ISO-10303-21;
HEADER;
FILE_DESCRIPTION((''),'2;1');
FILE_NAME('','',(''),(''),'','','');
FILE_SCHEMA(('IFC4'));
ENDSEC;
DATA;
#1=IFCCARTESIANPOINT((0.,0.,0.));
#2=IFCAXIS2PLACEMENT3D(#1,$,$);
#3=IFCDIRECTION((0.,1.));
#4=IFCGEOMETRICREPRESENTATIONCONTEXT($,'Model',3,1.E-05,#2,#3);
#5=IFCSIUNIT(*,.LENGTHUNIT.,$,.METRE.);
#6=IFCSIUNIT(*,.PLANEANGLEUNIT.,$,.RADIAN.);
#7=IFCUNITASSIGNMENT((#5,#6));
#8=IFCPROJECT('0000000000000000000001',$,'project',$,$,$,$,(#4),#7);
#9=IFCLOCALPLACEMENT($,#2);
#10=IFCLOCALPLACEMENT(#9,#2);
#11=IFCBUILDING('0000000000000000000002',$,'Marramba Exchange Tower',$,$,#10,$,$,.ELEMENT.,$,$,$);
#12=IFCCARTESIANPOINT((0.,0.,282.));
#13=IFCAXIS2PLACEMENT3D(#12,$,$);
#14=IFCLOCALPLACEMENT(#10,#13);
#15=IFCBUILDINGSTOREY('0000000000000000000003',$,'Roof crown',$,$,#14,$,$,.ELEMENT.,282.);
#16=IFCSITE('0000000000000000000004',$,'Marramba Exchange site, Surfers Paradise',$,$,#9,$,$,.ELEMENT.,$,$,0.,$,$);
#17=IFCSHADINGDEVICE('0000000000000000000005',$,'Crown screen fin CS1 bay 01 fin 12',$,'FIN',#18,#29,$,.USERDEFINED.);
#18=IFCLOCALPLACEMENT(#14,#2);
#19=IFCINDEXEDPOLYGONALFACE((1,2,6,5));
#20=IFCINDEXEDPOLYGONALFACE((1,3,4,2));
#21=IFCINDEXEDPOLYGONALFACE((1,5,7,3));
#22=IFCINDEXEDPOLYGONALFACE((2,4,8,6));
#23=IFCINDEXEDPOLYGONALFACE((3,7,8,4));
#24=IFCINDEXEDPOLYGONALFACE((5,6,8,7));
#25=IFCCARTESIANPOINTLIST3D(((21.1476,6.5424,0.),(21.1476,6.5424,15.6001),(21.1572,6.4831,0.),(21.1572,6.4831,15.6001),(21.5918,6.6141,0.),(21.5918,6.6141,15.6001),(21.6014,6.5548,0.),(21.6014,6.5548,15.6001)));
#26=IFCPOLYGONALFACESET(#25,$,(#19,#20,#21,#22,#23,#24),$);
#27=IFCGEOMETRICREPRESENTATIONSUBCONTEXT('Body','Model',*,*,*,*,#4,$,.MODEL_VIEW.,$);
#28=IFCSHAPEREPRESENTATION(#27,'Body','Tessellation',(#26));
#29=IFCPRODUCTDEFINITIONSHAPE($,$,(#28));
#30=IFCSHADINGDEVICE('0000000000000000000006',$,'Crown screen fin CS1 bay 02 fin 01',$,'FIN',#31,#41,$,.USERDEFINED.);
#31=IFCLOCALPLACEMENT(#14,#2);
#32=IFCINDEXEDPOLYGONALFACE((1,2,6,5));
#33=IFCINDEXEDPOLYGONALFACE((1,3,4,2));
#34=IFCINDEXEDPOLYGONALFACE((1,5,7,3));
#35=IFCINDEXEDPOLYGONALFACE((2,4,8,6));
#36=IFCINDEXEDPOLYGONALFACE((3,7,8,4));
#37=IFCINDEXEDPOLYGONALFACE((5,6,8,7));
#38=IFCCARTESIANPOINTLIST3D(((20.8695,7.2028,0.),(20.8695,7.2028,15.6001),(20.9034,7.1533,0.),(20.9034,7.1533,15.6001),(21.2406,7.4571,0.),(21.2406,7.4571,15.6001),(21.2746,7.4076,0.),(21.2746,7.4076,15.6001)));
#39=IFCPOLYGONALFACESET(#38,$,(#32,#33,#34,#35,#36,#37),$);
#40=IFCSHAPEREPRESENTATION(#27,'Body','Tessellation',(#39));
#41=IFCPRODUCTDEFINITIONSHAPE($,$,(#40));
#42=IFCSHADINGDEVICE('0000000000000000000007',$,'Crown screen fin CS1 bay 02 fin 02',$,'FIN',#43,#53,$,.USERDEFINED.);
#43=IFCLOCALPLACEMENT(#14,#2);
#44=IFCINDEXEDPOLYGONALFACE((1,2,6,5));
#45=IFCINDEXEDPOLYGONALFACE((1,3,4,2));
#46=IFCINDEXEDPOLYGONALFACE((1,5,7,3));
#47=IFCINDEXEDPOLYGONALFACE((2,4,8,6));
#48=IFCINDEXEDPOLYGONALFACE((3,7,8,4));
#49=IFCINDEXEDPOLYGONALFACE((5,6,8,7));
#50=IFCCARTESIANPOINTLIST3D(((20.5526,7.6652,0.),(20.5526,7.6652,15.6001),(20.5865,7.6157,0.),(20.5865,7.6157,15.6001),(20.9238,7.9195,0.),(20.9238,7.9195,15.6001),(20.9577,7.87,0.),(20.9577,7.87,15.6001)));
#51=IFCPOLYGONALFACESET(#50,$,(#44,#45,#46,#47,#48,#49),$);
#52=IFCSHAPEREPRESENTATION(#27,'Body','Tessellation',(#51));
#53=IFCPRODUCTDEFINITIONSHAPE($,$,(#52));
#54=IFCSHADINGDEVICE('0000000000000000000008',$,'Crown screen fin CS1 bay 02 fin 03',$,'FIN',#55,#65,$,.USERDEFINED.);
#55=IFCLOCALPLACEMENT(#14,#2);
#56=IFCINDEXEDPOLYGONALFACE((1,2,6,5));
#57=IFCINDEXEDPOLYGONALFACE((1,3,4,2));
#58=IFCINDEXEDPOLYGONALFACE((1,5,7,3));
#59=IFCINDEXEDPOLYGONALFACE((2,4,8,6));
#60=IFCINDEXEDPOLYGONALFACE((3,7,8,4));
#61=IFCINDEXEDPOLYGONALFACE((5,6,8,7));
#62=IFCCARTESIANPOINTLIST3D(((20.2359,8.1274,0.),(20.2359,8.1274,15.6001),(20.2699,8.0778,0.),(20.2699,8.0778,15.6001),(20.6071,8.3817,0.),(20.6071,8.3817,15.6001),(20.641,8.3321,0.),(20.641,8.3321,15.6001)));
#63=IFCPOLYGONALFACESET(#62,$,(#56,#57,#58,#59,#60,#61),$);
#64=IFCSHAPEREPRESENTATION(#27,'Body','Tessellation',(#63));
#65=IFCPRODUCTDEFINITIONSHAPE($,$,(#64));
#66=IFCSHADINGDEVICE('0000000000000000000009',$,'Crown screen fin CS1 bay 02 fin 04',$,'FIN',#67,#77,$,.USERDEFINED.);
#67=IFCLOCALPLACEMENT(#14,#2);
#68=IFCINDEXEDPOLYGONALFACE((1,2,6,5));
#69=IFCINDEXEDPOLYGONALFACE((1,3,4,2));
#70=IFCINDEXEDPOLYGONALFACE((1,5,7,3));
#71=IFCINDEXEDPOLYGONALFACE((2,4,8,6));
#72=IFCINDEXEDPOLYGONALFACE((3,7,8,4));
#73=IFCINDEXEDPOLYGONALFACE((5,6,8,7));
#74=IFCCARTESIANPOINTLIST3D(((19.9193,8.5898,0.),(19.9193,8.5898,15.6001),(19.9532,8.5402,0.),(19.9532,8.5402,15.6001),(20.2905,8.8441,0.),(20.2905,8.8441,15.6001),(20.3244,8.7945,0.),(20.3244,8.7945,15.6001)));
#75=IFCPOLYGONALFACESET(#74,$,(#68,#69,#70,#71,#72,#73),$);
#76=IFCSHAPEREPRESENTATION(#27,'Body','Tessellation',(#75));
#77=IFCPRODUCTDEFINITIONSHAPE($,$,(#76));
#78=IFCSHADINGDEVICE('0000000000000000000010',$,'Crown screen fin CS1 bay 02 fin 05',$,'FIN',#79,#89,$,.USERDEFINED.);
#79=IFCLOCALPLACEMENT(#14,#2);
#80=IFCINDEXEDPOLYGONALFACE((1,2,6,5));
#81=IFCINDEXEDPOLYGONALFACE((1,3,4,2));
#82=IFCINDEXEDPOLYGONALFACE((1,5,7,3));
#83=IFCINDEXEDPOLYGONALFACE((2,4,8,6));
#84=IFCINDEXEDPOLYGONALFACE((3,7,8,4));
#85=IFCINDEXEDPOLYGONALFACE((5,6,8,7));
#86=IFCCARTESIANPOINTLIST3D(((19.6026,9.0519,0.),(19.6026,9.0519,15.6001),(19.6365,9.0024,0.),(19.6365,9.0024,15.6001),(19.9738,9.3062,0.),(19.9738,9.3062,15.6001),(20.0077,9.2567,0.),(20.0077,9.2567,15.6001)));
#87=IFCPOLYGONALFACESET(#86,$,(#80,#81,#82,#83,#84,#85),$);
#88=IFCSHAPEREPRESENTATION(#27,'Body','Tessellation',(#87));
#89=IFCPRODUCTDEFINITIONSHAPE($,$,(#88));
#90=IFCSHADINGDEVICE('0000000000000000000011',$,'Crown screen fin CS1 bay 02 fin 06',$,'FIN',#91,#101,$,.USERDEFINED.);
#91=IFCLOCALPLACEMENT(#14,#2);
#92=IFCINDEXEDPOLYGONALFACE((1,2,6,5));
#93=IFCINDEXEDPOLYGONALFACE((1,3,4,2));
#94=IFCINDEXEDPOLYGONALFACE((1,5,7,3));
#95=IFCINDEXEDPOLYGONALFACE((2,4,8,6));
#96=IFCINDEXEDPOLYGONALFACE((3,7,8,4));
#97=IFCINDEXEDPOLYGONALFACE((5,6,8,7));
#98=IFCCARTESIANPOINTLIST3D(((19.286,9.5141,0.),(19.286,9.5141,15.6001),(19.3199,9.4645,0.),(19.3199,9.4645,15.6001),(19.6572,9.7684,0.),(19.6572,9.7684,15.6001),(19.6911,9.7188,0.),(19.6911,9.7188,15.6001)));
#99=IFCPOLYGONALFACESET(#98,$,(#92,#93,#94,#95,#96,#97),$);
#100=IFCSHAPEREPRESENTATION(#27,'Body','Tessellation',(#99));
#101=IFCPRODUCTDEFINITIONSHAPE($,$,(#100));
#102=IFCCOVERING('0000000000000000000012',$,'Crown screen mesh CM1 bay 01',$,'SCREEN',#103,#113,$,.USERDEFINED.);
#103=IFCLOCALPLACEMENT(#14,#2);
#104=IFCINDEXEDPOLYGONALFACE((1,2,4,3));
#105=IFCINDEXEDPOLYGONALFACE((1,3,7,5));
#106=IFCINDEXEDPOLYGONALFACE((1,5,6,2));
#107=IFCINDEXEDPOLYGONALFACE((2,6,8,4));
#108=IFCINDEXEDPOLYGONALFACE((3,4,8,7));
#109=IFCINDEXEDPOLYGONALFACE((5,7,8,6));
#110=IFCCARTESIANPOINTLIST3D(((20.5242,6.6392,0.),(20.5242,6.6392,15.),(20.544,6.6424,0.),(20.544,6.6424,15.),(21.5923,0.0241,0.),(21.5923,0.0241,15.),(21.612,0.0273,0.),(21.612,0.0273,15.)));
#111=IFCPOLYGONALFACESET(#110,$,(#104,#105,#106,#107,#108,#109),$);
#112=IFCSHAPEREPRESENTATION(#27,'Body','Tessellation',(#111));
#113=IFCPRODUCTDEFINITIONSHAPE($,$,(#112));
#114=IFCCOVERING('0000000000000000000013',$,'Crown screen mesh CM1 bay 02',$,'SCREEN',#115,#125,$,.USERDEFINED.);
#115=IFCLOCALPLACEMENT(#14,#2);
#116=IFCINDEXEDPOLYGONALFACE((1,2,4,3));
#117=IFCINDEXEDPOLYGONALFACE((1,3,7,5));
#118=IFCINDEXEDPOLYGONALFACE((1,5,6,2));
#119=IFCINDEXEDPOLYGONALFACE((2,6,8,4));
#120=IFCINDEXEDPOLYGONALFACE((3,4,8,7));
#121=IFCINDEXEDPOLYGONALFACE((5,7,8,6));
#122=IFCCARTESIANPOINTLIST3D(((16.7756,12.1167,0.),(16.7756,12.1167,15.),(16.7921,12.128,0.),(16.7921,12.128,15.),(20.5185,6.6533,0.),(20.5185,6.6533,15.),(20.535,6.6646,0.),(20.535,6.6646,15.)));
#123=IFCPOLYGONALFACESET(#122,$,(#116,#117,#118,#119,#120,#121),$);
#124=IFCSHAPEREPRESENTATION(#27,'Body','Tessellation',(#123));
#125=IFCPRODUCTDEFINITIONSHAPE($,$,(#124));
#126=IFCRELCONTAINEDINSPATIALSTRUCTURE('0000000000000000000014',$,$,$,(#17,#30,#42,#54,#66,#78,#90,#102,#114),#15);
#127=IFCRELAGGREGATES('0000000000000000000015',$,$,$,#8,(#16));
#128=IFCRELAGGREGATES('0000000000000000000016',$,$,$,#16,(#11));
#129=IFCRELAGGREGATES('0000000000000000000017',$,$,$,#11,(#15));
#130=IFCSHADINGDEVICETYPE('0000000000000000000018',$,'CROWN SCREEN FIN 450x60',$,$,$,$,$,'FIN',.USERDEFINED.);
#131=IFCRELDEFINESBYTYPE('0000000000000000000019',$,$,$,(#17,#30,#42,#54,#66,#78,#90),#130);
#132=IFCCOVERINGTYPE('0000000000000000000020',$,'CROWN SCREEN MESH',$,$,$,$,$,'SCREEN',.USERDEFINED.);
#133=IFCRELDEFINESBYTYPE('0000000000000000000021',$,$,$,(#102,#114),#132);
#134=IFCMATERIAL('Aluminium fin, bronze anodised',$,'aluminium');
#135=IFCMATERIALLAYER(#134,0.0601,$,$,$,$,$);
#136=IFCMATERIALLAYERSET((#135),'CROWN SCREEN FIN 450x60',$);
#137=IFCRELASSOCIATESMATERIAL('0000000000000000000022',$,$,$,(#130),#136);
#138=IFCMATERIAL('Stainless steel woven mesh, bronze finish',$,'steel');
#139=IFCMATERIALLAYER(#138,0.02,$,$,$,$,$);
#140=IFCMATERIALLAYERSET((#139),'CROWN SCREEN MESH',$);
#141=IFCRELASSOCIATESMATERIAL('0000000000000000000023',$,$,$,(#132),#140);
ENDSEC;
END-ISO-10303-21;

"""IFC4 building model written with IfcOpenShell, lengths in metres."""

from ifc_helpers import new_model, si_unit, direction, frame, origin, origin_2d, place, context, subcontext, project, spatial, rectangle, extrude, material, layer, layer_set, type_object, element, save


model = new_model("IFC4")

# Units and contexts
model_context = context("Model", 3, precision=1e-05, world=origin(), true_north=direction((0.0, 1.0)))
body_context = subcontext(model_context, "Body", "Model", "MODEL_VIEW")
ifc_project = project(units=[si_unit("LENGTHUNIT", "METRE"), si_unit("PLANEANGLEUNIT", "RADIAN")], contexts=[model_context])

# Site, building, storey
site_placement = place(None, origin())
site = spatial("IfcSite", under=ifc_project, at=site_placement, Name="Marramba Exchange site, Surfers Paradise", CompositionType="ELEMENT", RefElevation=0.0)
building_placement = place(site_placement, origin())
building = spatial("IfcBuilding", under=site, at=building_placement, Name="Marramba Exchange Tower", CompositionType="ELEMENT")
storey_placement = place(building_placement, frame((0.0, 0.0, 282.0)))
storey = spatial("IfcBuildingStorey", under=building, at=storey_placement, Name="Roof crown", CompositionType="ELEMENT", Elevation=282.0)

# Shading devices
ifc_material_1 = material(Name="Aluminium fin, bronze anodised", Category="aluminium")
ifc_layer_1 = layer(ifc_material_1, 0.0601)
ifc_layer_set_1 = layer_set([ifc_layer_1], Name="CROWN SCREEN FIN 450x60")
shading_device_type = type_object("IfcShadingDeviceType", Name="CROWN SCREEN FIN 450x60", ElementType="FIN", PredefinedType="USERDEFINED", material=ifc_layer_set_1)
for number, where, z_axis, x_axis, name in (
    (1, (21.3745, 6.5486, 0.0), (0.0, 0.0, 1.0), (0.987215, 0.159394, 0.0), "Crown screen fin CS1 bay 01 fin 12"),
    (2, (21.072, 7.3052, 0.0), (0.0, 0.0, 1.0), (0.82497, 0.565176, 0.0), "Crown screen fin CS1 bay 02 fin 01"),
    (3, (20.7551, 7.7676, 0.0), (0.0, 0.0, 1.0), (0.82497, 0.565176, 0.0), "Crown screen fin CS1 bay 02 fin 02"),
    (4, (20.4385, 8.2297, 0.0), (0.0, 0.0, 1.0), (0.82497, 0.565176, 0.0), "Crown screen fin CS1 bay 02 fin 03"),
    (5, (20.1218, 8.6921, 0.0), (0.0, 0.0, 1.0), (0.82497, 0.565176, 0.0), "Crown screen fin CS1 bay 02 fin 04"),
    (6, (19.8052, 9.1543, 0.0), (0.0, 0.0, 1.0), (0.82497, 0.565176, 0.0), "Crown screen fin CS1 bay 02 fin 05"),
    (7, (19.4885, 9.6165, 0.0), (0.0, 0.0, 1.0), (0.82497, 0.565176, 0.0), "Crown screen fin CS1 bay 02 fin 06"),
):
    element("IfcShadingDevice", number, at=place(storey_placement, frame(where, z_axis=z_axis, x_axis=x_axis)), inside=storey, type_object=shading_device_type, Name=name, ObjectType="FIN", PredefinedType="USERDEFINED", context=body_context, shape_type="SweptSolid", body=[
        extrude(rectangle(XDim=0.45, YDim=0.0601, at=origin_2d()), origin(), (0.0, 0.0, 1.0), 15.6001),
    ])

# Coverings
ifc_material_2 = material(Name="Stainless steel woven mesh, bronze finish", Category="steel")
ifc_layer_2 = layer(ifc_material_2, 0.02)
ifc_layer_set_2 = layer_set([ifc_layer_2], Name="CROWN SCREEN MESH")
covering_type = type_object("IfcCoveringType", Name="CROWN SCREEN MESH", ElementType="SCREEN", PredefinedType="USERDEFINED", material=ifc_layer_set_2)
covering_1_placement = place(storey_placement, frame((21.0681, 3.3333, 0.0), z_axis=(0.0, 0.0, 1.0), x_axis=(-0.159394, 0.987215, 0.0)))
element("IfcCovering", 8, at=covering_1_placement, inside=storey, type_object=covering_type, Name="Crown screen mesh CM1 bay 01", ObjectType="SCREEN", PredefinedType="USERDEFINED", context=body_context, shape_type="SweptSolid", body=[
    extrude(rectangle(XDim=6.7007, YDim=0.02, at=origin_2d()), origin(), (0.0, 0.0, 1.0), 15.0),
])
covering_2_placement = place(storey_placement, frame((18.6553, 9.3906, 0.0), z_axis=(0.0, 0.0, 1.0), x_axis=(-0.565176, 0.82497, 0.0)))
element("IfcCovering", 9, at=covering_2_placement, inside=storey, type_object=covering_type, Name="Crown screen mesh CM1 bay 02", ObjectType="SCREEN", PredefinedType="USERDEFINED", context=body_context, shape_type="SweptSolid", body=[
    extrude(rectangle(XDim=6.6226, YDim=0.02, at=origin_2d()), origin(), (0.0, 0.0, 1.0), 15.0),
])

save(model, "model.ifc")
